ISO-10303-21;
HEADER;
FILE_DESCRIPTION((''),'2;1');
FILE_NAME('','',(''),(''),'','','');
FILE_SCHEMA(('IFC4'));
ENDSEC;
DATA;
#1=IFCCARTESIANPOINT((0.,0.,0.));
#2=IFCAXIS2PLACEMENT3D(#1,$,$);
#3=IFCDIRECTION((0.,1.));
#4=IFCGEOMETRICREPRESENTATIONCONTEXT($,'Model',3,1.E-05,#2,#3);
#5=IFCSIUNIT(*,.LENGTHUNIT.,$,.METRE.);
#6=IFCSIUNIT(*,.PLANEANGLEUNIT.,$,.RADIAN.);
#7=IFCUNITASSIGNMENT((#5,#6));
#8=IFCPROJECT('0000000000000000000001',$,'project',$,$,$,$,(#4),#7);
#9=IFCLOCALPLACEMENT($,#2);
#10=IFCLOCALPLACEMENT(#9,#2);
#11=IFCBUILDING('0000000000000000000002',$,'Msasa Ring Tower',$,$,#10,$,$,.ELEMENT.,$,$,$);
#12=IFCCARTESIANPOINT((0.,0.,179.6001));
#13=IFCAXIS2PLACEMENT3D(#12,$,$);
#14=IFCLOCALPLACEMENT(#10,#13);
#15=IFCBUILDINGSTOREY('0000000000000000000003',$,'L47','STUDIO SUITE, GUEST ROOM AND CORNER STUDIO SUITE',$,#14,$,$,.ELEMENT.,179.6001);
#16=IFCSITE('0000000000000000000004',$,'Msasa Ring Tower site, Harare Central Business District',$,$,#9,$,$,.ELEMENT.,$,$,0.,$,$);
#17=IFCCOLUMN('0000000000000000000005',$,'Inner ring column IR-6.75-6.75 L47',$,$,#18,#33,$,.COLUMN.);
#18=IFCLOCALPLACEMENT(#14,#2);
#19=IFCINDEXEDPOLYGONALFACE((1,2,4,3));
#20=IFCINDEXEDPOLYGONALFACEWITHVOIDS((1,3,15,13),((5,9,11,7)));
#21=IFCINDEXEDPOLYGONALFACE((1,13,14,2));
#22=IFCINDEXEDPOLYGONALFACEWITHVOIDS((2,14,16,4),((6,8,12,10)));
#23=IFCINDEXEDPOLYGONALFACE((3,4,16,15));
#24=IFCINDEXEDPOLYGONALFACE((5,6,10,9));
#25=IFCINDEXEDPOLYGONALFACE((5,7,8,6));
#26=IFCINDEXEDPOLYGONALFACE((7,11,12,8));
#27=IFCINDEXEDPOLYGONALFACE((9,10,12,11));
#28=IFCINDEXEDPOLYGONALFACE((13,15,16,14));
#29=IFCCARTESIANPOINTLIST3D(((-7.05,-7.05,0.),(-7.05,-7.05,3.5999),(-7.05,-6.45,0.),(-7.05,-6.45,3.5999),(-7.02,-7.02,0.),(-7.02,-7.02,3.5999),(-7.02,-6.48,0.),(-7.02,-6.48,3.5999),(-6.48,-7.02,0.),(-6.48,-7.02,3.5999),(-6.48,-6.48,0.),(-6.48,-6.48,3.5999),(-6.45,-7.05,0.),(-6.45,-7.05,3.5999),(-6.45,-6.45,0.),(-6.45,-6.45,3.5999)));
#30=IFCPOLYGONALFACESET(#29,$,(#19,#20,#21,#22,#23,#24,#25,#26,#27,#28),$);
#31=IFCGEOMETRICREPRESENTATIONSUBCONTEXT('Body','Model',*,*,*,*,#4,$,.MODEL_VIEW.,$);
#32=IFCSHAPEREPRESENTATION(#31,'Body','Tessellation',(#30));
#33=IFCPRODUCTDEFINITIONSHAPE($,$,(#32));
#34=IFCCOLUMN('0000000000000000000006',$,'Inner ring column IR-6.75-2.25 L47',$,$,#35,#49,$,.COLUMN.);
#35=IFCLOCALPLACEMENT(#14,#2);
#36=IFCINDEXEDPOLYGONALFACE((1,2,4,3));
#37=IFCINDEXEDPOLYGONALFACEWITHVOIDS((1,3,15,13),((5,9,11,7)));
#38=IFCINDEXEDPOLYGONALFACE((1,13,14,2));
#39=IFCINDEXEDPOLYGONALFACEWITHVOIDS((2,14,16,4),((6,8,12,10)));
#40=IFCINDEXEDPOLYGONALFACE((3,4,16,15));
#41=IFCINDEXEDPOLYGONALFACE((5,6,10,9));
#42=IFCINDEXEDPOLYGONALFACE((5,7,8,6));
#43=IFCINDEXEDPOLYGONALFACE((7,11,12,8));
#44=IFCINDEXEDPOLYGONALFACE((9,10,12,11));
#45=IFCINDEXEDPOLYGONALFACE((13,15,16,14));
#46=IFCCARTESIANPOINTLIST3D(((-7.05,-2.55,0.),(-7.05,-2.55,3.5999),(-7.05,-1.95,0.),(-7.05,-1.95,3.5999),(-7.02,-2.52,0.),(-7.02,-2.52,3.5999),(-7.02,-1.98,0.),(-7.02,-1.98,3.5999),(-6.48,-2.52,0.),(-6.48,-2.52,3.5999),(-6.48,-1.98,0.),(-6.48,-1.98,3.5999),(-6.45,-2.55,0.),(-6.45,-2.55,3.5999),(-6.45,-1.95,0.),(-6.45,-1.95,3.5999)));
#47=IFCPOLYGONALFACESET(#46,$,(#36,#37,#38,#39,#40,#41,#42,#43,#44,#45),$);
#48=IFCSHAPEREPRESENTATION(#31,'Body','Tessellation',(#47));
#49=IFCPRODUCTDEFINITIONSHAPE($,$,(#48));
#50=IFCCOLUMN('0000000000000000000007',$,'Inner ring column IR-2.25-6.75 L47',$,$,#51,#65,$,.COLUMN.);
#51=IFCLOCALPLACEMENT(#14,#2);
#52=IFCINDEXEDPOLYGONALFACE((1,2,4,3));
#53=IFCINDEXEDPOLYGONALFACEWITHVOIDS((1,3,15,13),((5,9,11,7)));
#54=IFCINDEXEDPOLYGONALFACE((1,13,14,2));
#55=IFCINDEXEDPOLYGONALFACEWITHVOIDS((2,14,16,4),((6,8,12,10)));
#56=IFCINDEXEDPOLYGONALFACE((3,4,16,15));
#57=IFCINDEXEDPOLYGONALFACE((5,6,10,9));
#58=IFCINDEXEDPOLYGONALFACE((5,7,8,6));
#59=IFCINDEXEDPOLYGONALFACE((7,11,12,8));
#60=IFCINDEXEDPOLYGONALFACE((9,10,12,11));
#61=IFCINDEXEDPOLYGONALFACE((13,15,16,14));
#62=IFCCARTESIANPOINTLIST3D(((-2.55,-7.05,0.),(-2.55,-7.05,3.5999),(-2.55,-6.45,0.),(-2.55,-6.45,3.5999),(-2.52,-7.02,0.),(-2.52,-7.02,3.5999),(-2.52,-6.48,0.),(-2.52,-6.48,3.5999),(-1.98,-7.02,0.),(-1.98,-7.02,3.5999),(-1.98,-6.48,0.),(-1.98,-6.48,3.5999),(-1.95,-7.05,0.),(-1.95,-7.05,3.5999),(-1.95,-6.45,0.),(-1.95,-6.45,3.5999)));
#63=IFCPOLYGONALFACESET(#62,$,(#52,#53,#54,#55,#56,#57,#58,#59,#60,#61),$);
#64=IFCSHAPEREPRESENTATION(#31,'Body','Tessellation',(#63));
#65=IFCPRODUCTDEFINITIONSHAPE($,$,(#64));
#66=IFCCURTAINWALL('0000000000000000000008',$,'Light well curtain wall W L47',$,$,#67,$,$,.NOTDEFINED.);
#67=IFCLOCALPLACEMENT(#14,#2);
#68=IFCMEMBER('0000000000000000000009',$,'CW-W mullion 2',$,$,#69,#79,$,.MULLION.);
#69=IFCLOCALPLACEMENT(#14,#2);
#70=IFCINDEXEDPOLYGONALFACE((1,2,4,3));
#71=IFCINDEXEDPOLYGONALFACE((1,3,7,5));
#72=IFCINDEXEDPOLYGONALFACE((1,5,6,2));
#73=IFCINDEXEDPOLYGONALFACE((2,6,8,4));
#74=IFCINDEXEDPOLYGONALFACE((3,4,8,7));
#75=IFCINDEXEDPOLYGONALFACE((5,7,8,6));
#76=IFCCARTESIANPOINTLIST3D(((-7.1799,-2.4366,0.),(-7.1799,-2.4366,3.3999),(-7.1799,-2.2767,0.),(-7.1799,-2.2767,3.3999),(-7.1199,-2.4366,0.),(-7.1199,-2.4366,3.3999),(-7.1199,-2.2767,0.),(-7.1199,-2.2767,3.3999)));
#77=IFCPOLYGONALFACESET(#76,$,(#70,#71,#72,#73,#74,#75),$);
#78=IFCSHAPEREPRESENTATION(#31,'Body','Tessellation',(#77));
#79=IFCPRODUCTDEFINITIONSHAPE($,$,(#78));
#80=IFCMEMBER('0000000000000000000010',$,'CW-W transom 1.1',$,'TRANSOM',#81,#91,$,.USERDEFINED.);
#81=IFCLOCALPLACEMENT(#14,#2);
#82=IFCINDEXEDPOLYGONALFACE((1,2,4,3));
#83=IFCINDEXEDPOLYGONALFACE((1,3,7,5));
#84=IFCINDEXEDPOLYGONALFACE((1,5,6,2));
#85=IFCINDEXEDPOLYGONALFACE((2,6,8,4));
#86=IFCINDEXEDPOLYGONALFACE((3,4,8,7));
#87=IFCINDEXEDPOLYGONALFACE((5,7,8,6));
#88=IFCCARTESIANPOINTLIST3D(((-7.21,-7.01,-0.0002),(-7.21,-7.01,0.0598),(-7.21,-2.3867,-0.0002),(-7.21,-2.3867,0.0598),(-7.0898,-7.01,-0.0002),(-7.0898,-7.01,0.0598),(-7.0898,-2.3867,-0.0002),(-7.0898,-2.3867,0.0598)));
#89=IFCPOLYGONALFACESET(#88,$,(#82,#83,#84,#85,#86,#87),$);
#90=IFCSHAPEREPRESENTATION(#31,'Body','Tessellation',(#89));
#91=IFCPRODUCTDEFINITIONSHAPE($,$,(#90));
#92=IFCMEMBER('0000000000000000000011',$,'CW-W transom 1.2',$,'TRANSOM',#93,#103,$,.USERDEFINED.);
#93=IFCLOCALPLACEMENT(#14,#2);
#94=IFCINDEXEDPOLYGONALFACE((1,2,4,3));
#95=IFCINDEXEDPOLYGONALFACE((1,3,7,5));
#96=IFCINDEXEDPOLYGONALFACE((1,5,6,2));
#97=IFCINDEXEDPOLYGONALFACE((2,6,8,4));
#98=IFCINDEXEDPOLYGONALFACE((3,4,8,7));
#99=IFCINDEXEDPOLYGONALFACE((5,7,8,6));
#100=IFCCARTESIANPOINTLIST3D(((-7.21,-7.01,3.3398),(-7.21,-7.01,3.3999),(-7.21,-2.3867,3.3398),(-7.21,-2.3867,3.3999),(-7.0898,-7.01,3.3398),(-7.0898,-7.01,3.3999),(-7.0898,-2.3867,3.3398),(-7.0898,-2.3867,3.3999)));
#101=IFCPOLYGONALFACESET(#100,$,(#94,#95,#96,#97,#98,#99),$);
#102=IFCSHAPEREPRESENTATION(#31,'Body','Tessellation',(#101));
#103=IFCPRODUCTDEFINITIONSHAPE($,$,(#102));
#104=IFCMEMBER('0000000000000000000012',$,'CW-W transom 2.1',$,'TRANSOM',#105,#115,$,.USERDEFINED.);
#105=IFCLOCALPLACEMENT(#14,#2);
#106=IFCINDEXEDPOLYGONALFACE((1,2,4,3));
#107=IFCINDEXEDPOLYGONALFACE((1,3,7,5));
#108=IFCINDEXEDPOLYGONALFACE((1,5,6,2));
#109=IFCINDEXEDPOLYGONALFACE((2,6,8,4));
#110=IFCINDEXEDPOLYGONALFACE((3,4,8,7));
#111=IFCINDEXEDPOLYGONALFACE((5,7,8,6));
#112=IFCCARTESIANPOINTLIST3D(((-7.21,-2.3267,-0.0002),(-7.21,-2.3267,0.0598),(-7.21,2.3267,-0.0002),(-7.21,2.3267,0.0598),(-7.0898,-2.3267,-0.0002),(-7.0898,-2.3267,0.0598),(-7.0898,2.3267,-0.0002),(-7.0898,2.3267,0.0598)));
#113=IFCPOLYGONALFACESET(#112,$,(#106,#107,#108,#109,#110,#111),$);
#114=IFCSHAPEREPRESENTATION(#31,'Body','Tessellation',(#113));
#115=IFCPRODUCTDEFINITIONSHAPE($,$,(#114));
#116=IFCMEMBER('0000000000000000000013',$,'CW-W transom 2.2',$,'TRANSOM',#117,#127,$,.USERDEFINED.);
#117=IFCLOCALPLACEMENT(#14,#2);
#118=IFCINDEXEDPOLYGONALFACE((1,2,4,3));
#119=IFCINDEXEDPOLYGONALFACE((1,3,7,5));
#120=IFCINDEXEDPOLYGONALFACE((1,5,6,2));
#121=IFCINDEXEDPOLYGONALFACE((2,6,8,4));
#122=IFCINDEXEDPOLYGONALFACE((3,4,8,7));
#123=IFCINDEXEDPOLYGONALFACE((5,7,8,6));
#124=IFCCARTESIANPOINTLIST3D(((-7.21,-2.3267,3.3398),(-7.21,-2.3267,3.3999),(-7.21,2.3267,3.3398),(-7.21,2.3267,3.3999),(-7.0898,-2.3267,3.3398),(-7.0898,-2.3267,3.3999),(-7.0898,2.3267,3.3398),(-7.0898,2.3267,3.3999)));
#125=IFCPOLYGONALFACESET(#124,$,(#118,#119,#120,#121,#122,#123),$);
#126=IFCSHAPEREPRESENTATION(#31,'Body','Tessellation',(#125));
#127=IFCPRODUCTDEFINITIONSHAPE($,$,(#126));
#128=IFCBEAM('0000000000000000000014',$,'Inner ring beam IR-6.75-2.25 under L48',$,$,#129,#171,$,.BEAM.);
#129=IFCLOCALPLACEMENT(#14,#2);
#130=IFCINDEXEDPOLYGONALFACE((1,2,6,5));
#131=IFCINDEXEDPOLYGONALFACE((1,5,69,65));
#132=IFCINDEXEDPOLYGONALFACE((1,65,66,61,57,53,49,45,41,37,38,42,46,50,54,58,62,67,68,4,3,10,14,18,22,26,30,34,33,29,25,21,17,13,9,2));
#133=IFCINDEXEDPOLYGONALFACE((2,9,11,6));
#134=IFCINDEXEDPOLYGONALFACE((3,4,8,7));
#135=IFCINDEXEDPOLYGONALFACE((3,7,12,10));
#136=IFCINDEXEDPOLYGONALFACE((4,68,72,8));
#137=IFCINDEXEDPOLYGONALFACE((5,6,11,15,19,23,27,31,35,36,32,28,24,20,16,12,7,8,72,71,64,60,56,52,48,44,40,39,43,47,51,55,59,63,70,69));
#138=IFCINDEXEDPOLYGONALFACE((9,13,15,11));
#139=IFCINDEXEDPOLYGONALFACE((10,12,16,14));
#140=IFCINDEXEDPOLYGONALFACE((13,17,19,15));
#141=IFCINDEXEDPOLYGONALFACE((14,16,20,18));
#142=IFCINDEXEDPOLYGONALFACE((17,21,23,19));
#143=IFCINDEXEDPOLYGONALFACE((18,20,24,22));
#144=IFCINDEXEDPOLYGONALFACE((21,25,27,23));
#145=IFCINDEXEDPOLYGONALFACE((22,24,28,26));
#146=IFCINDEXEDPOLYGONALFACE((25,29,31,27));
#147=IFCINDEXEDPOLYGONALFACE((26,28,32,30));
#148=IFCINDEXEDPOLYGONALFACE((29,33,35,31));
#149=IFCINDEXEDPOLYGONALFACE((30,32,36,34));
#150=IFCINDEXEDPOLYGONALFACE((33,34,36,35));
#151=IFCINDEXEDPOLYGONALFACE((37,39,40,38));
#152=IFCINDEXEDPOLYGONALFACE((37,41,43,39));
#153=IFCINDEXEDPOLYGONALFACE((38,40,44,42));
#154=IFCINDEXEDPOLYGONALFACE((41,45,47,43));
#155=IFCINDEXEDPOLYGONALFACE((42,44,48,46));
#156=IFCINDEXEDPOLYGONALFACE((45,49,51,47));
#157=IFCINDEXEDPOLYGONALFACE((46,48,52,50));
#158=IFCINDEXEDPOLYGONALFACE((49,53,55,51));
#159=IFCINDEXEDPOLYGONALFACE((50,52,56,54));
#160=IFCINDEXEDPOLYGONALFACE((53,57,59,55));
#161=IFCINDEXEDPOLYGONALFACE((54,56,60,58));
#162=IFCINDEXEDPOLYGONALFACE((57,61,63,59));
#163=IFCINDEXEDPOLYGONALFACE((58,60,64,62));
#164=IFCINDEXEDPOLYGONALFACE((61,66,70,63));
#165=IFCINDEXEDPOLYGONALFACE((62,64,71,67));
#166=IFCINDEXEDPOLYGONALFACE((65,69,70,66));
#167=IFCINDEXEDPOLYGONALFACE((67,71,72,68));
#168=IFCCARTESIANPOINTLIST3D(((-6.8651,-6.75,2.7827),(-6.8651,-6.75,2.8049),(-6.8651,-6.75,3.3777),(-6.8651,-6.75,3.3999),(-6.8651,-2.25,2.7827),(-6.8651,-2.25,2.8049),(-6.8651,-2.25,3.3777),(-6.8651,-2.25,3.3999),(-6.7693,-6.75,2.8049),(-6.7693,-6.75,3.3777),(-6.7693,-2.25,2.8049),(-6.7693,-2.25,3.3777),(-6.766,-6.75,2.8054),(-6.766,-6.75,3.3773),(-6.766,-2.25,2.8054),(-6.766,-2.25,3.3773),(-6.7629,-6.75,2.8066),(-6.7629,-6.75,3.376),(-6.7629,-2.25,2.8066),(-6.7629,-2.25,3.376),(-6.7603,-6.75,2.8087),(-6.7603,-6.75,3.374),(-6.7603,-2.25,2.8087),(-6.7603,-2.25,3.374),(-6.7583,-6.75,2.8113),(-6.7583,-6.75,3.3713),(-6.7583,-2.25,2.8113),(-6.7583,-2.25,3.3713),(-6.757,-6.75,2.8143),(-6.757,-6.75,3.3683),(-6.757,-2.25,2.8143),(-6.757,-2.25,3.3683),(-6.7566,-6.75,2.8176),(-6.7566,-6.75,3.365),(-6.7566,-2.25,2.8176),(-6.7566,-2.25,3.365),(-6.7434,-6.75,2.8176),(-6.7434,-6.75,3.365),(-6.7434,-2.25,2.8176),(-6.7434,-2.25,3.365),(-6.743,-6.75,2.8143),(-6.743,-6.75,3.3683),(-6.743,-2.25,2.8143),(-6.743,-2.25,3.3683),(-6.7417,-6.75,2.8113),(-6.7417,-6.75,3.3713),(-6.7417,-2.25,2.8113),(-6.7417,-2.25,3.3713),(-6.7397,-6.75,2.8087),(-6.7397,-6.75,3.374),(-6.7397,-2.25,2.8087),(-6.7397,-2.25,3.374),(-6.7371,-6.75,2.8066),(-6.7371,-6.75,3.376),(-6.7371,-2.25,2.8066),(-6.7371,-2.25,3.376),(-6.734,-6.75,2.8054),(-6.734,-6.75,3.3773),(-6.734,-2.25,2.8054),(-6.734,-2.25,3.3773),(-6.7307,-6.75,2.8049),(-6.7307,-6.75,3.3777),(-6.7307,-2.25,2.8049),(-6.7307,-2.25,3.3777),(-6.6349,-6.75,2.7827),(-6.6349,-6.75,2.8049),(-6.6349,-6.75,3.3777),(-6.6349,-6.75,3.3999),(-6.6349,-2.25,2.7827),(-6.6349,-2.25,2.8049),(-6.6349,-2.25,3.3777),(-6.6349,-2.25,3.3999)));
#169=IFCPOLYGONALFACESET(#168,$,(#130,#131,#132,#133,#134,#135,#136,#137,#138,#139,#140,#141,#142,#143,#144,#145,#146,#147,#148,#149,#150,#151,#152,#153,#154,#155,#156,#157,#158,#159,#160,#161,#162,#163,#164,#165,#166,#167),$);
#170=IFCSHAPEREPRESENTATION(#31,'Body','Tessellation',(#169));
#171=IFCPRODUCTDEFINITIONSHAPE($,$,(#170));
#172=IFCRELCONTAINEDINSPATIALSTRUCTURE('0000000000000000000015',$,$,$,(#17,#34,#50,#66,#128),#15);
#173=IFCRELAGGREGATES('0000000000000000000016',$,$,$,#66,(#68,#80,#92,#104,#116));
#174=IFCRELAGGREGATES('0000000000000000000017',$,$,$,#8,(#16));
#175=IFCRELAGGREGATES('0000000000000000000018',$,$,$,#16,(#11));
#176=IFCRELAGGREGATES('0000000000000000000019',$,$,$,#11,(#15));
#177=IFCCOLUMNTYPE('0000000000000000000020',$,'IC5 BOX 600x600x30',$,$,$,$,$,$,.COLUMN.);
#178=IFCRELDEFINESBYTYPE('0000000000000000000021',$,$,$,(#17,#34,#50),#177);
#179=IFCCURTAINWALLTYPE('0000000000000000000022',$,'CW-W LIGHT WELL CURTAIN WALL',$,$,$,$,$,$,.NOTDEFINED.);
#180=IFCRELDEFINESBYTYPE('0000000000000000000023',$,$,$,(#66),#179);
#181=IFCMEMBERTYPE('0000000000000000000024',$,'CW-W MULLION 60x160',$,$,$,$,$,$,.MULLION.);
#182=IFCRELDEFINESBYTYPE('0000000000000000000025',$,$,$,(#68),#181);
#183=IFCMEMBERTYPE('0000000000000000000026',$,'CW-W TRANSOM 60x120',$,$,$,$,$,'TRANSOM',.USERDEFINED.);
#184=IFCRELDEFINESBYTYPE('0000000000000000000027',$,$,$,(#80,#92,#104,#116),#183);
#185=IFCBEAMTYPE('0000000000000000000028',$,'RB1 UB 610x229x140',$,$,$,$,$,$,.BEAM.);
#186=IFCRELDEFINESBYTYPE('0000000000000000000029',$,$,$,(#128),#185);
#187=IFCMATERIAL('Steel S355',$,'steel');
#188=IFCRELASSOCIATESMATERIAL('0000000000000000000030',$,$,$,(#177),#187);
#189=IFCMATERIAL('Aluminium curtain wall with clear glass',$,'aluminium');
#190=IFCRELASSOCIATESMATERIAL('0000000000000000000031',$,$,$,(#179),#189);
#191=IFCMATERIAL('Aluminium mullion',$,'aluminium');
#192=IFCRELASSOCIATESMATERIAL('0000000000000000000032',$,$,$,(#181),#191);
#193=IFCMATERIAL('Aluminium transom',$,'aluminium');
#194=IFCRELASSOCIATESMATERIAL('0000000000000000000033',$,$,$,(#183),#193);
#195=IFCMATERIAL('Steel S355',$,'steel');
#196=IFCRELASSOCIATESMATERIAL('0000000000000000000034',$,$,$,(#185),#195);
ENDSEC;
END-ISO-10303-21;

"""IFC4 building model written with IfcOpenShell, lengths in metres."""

from ifc_helpers import new_model, si_unit, direction, frame, origin, origin_2d, place, context, subcontext, project, spatial, rectangle, hollow_rectangle, i_section, extrude, material, material_profile, profile_set, type_object, element, aggregate, save


model = new_model("IFC4")

# Units and contexts
model_context = context("Model", 3, precision=1e-05, world=origin(), true_north=direction((0.0, 1.0)))
body_context = subcontext(model_context, "Body", "Model", "MODEL_VIEW")
ifc_project = project(units=[si_unit("LENGTHUNIT", "METRE"), si_unit("PLANEANGLEUNIT", "RADIAN")], contexts=[model_context])

# Site, building, storey
site_placement = place(None, origin())
site = spatial("IfcSite", under=ifc_project, at=site_placement, Name="Msasa Ring Tower site, Harare Central Business District", CompositionType="ELEMENT", RefElevation=0.0)
building_placement = place(site_placement, origin())
building = spatial("IfcBuilding", under=site, at=building_placement, Name="Msasa Ring Tower", CompositionType="ELEMENT")
storey_placement = place(building_placement, frame((0.0, 0.0, 179.6001)))
storey = spatial("IfcBuildingStorey", under=building, at=storey_placement, Name="L47", Description="STUDIO SUITE, GUEST ROOM AND CORNER STUDIO SUITE", CompositionType="ELEMENT", Elevation=179.6001)

# Columns
ifc_material_1 = material(Name="Steel S355", Category="steel")
ifc_material_profile_1 = material_profile(ifc_material_1, hollow_rectangle(XDim=0.6001, YDim=0.6001, WallThickness=0.03, at=origin_2d()), Name="BOX 600x600x30")
ifc_profile_set_1 = profile_set([ifc_material_profile_1], Name="Steel S355")
column_type = type_object("IfcColumnType", Name="IC5 BOX 600x600x30", PredefinedType="COLUMN", material=ifc_profile_set_1)
for number, where, z_axis, x_axis, name in (
    (1, (-6.75, -6.75, 0.0), (0.0, 0.0, 1.0), (1.0, 0.0, 0.0), "Inner ring column IR-6.75-6.75 L47"),
    (2, (-6.75, -2.25, 0.0), (0.0, 0.0, 1.0), (1.0, 0.0, 0.0), "Inner ring column IR-6.75-2.25 L47"),
    (3, (-2.25, -6.75, 0.0), (0.0, 0.0, 1.0), (1.0, 0.0, 0.0), "Inner ring column IR-2.25-6.75 L47"),
):
    element("IfcColumn", number, at=place(storey_placement, frame(where, z_axis=z_axis, x_axis=x_axis)), inside=storey, type_object=column_type, Name=name, PredefinedType="COLUMN", context=body_context, shape_type="SweptSolid", body=[
        extrude(hollow_rectangle(XDim=0.6001, YDim=0.6001, WallThickness=0.03, at=origin_2d()), origin(), (0.0, 0.0, 1.0), 3.5999),
    ])

# Curtain wall, members
ifc_material_2 = material(Name="Aluminium curtain wall with clear glass", Category="aluminium")
curtain_wall_type = type_object("IfcCurtainWallType", Name="CW-W LIGHT WELL CURTAIN WALL", PredefinedType="NOTDEFINED", material=ifc_material_2)
curtain_wall_placement = place(storey_placement, origin())
curtain_wall = element("IfcCurtainWall", 4, at=curtain_wall_placement, inside=storey, type_object=curtain_wall_type, Name="Light well curtain wall W L47", PredefinedType="NOTDEFINED")
ifc_material_3 = material(Name="Aluminium mullion", Category="aluminium")
ifc_material_profile_2 = material_profile(ifc_material_3, rectangle(XDim=0.0601, YDim=0.1599, at=origin_2d()), Name="AL 60x160")
ifc_profile_set_2 = profile_set([ifc_material_profile_2], Name="Aluminium mullion")
member_type_1 = type_object("IfcMemberType", Name="CW-W MULLION 60x160", PredefinedType="MULLION", material=ifc_profile_set_2)
member_1_placement = place(storey_placement, frame((-7.1499, -2.3567, 0.0), z_axis=(0.0, 0.0, 1.0), x_axis=(-1.0, 0.0, 0.0)))
member_1 = element("IfcMember", 5, at=member_1_placement, type_object=member_type_1, Name="CW-W mullion 2", PredefinedType="MULLION", context=body_context, shape_type="SweptSolid", body=[
    extrude(rectangle(XDim=0.0601, YDim=0.1599, at=origin_2d()), origin(), (0.0, 0.0, 1.0), 3.3999),
])
ifc_material_4 = material(Name="Aluminium transom", Category="aluminium")
ifc_material_profile_3 = material_profile(ifc_material_4, rectangle(XDim=0.1201, YDim=0.0601, at=origin_2d()), Name="AL 60x120")
ifc_profile_set_3 = profile_set([ifc_material_profile_3], Name="Aluminium transom")
member_type_2 = type_object("IfcMemberType", Name="CW-W TRANSOM 60x120", ElementType="TRANSOM", PredefinedType="USERDEFINED", material=ifc_profile_set_3)
member_2_placement = place(storey_placement, frame((-7.1499, -7.01, 0.0298), z_axis=(0.0, 1.0, 0.0), x_axis=(-1.0, 0.0, 0.0)))
member_2 = element("IfcMember", 6, at=member_2_placement, type_object=member_type_2, Name="CW-W transom 1.1", ObjectType="TRANSOM", PredefinedType="USERDEFINED", context=body_context, shape_type="SweptSolid", body=[
    extrude(rectangle(XDim=0.1201, YDim=0.0601, at=origin_2d()), origin(), (0.0, 0.0, 1.0), 4.6233),
])
member_3_placement = place(storey_placement, frame((-7.1499, -7.01, 3.3699), z_axis=(0.0, 1.0, 0.0), x_axis=(-1.0, 0.0, 0.0)))
member_3 = element("IfcMember", 7, at=member_3_placement, type_object=member_type_2, Name="CW-W transom 1.2", ObjectType="TRANSOM", PredefinedType="USERDEFINED", context=body_context, shape_type="SweptSolid", body=[
    extrude(rectangle(XDim=0.1201, YDim=0.0601, at=origin_2d()), origin(), (0.0, 0.0, 1.0), 4.6233),
])
member_4_placement = place(storey_placement, frame((-7.1499, -2.3267, 0.0298), z_axis=(0.0, 1.0, 0.0), x_axis=(-1.0, 0.0, 0.0)))
member_4 = element("IfcMember", 8, at=member_4_placement, type_object=member_type_2, Name="CW-W transom 2.1", ObjectType="TRANSOM", PredefinedType="USERDEFINED", context=body_context, shape_type="SweptSolid", body=[
    extrude(rectangle(XDim=0.1201, YDim=0.0601, at=origin_2d()), origin(), (0.0, 0.0, 1.0), 4.6533),
])
member_5_placement = place(storey_placement, frame((-7.1499, -2.3267, 3.3699), z_axis=(0.0, 1.0, 0.0), x_axis=(-1.0, 0.0, 0.0)))
member_5 = element("IfcMember", 9, at=member_5_placement, type_object=member_type_2, Name="CW-W transom 2.2", ObjectType="TRANSOM", PredefinedType="USERDEFINED", context=body_context, shape_type="SweptSolid", body=[
    extrude(rectangle(XDim=0.1201, YDim=0.0601, at=origin_2d()), origin(), (0.0, 0.0, 1.0), 4.6533),
])

# Beam
ifc_material_5 = material(Name="Steel S355", Category="steel")
ifc_material_profile_4 = material_profile(ifc_material_5, i_section(OverallWidth=0.2302, OverallDepth=0.6172, WebThickness=0.0132, FlangeThickness=0.0222, FilletRadius=0.0127, at=origin_2d()), Name="UB 610x229x140")
ifc_profile_set_4 = profile_set([ifc_material_profile_4], Name="Steel S355")
beam_type = type_object("IfcBeamType", Name="RB1 UB 610x229x140", PredefinedType="BEAM", material=ifc_profile_set_4)
for number, where, z_axis, x_axis, name in (
    (10, (-6.75, -2.25, 3.0913), (0.0, -1.0, 0.0), (1.0, 0.0, 0.0), "Inner ring beam IR-6.75-2.25 under L48"),
):
    element("IfcBeam", number, at=place(storey_placement, frame(where, z_axis=z_axis, x_axis=x_axis)), inside=storey, type_object=beam_type, Name=name, PredefinedType="BEAM", context=body_context, shape_type="SweptSolid", body=[
        extrude(i_section(OverallWidth=0.2302, OverallDepth=0.6172, WebThickness=0.0132, FlangeThickness=0.0222, FilletRadius=0.0127, at=origin_2d()), origin(), (0.0, 0.0, 1.0), 4.5),
    ])

aggregate(curtain_wall, [member_1, member_2, member_3, member_4, member_5])

save(model, "model.ifc")
